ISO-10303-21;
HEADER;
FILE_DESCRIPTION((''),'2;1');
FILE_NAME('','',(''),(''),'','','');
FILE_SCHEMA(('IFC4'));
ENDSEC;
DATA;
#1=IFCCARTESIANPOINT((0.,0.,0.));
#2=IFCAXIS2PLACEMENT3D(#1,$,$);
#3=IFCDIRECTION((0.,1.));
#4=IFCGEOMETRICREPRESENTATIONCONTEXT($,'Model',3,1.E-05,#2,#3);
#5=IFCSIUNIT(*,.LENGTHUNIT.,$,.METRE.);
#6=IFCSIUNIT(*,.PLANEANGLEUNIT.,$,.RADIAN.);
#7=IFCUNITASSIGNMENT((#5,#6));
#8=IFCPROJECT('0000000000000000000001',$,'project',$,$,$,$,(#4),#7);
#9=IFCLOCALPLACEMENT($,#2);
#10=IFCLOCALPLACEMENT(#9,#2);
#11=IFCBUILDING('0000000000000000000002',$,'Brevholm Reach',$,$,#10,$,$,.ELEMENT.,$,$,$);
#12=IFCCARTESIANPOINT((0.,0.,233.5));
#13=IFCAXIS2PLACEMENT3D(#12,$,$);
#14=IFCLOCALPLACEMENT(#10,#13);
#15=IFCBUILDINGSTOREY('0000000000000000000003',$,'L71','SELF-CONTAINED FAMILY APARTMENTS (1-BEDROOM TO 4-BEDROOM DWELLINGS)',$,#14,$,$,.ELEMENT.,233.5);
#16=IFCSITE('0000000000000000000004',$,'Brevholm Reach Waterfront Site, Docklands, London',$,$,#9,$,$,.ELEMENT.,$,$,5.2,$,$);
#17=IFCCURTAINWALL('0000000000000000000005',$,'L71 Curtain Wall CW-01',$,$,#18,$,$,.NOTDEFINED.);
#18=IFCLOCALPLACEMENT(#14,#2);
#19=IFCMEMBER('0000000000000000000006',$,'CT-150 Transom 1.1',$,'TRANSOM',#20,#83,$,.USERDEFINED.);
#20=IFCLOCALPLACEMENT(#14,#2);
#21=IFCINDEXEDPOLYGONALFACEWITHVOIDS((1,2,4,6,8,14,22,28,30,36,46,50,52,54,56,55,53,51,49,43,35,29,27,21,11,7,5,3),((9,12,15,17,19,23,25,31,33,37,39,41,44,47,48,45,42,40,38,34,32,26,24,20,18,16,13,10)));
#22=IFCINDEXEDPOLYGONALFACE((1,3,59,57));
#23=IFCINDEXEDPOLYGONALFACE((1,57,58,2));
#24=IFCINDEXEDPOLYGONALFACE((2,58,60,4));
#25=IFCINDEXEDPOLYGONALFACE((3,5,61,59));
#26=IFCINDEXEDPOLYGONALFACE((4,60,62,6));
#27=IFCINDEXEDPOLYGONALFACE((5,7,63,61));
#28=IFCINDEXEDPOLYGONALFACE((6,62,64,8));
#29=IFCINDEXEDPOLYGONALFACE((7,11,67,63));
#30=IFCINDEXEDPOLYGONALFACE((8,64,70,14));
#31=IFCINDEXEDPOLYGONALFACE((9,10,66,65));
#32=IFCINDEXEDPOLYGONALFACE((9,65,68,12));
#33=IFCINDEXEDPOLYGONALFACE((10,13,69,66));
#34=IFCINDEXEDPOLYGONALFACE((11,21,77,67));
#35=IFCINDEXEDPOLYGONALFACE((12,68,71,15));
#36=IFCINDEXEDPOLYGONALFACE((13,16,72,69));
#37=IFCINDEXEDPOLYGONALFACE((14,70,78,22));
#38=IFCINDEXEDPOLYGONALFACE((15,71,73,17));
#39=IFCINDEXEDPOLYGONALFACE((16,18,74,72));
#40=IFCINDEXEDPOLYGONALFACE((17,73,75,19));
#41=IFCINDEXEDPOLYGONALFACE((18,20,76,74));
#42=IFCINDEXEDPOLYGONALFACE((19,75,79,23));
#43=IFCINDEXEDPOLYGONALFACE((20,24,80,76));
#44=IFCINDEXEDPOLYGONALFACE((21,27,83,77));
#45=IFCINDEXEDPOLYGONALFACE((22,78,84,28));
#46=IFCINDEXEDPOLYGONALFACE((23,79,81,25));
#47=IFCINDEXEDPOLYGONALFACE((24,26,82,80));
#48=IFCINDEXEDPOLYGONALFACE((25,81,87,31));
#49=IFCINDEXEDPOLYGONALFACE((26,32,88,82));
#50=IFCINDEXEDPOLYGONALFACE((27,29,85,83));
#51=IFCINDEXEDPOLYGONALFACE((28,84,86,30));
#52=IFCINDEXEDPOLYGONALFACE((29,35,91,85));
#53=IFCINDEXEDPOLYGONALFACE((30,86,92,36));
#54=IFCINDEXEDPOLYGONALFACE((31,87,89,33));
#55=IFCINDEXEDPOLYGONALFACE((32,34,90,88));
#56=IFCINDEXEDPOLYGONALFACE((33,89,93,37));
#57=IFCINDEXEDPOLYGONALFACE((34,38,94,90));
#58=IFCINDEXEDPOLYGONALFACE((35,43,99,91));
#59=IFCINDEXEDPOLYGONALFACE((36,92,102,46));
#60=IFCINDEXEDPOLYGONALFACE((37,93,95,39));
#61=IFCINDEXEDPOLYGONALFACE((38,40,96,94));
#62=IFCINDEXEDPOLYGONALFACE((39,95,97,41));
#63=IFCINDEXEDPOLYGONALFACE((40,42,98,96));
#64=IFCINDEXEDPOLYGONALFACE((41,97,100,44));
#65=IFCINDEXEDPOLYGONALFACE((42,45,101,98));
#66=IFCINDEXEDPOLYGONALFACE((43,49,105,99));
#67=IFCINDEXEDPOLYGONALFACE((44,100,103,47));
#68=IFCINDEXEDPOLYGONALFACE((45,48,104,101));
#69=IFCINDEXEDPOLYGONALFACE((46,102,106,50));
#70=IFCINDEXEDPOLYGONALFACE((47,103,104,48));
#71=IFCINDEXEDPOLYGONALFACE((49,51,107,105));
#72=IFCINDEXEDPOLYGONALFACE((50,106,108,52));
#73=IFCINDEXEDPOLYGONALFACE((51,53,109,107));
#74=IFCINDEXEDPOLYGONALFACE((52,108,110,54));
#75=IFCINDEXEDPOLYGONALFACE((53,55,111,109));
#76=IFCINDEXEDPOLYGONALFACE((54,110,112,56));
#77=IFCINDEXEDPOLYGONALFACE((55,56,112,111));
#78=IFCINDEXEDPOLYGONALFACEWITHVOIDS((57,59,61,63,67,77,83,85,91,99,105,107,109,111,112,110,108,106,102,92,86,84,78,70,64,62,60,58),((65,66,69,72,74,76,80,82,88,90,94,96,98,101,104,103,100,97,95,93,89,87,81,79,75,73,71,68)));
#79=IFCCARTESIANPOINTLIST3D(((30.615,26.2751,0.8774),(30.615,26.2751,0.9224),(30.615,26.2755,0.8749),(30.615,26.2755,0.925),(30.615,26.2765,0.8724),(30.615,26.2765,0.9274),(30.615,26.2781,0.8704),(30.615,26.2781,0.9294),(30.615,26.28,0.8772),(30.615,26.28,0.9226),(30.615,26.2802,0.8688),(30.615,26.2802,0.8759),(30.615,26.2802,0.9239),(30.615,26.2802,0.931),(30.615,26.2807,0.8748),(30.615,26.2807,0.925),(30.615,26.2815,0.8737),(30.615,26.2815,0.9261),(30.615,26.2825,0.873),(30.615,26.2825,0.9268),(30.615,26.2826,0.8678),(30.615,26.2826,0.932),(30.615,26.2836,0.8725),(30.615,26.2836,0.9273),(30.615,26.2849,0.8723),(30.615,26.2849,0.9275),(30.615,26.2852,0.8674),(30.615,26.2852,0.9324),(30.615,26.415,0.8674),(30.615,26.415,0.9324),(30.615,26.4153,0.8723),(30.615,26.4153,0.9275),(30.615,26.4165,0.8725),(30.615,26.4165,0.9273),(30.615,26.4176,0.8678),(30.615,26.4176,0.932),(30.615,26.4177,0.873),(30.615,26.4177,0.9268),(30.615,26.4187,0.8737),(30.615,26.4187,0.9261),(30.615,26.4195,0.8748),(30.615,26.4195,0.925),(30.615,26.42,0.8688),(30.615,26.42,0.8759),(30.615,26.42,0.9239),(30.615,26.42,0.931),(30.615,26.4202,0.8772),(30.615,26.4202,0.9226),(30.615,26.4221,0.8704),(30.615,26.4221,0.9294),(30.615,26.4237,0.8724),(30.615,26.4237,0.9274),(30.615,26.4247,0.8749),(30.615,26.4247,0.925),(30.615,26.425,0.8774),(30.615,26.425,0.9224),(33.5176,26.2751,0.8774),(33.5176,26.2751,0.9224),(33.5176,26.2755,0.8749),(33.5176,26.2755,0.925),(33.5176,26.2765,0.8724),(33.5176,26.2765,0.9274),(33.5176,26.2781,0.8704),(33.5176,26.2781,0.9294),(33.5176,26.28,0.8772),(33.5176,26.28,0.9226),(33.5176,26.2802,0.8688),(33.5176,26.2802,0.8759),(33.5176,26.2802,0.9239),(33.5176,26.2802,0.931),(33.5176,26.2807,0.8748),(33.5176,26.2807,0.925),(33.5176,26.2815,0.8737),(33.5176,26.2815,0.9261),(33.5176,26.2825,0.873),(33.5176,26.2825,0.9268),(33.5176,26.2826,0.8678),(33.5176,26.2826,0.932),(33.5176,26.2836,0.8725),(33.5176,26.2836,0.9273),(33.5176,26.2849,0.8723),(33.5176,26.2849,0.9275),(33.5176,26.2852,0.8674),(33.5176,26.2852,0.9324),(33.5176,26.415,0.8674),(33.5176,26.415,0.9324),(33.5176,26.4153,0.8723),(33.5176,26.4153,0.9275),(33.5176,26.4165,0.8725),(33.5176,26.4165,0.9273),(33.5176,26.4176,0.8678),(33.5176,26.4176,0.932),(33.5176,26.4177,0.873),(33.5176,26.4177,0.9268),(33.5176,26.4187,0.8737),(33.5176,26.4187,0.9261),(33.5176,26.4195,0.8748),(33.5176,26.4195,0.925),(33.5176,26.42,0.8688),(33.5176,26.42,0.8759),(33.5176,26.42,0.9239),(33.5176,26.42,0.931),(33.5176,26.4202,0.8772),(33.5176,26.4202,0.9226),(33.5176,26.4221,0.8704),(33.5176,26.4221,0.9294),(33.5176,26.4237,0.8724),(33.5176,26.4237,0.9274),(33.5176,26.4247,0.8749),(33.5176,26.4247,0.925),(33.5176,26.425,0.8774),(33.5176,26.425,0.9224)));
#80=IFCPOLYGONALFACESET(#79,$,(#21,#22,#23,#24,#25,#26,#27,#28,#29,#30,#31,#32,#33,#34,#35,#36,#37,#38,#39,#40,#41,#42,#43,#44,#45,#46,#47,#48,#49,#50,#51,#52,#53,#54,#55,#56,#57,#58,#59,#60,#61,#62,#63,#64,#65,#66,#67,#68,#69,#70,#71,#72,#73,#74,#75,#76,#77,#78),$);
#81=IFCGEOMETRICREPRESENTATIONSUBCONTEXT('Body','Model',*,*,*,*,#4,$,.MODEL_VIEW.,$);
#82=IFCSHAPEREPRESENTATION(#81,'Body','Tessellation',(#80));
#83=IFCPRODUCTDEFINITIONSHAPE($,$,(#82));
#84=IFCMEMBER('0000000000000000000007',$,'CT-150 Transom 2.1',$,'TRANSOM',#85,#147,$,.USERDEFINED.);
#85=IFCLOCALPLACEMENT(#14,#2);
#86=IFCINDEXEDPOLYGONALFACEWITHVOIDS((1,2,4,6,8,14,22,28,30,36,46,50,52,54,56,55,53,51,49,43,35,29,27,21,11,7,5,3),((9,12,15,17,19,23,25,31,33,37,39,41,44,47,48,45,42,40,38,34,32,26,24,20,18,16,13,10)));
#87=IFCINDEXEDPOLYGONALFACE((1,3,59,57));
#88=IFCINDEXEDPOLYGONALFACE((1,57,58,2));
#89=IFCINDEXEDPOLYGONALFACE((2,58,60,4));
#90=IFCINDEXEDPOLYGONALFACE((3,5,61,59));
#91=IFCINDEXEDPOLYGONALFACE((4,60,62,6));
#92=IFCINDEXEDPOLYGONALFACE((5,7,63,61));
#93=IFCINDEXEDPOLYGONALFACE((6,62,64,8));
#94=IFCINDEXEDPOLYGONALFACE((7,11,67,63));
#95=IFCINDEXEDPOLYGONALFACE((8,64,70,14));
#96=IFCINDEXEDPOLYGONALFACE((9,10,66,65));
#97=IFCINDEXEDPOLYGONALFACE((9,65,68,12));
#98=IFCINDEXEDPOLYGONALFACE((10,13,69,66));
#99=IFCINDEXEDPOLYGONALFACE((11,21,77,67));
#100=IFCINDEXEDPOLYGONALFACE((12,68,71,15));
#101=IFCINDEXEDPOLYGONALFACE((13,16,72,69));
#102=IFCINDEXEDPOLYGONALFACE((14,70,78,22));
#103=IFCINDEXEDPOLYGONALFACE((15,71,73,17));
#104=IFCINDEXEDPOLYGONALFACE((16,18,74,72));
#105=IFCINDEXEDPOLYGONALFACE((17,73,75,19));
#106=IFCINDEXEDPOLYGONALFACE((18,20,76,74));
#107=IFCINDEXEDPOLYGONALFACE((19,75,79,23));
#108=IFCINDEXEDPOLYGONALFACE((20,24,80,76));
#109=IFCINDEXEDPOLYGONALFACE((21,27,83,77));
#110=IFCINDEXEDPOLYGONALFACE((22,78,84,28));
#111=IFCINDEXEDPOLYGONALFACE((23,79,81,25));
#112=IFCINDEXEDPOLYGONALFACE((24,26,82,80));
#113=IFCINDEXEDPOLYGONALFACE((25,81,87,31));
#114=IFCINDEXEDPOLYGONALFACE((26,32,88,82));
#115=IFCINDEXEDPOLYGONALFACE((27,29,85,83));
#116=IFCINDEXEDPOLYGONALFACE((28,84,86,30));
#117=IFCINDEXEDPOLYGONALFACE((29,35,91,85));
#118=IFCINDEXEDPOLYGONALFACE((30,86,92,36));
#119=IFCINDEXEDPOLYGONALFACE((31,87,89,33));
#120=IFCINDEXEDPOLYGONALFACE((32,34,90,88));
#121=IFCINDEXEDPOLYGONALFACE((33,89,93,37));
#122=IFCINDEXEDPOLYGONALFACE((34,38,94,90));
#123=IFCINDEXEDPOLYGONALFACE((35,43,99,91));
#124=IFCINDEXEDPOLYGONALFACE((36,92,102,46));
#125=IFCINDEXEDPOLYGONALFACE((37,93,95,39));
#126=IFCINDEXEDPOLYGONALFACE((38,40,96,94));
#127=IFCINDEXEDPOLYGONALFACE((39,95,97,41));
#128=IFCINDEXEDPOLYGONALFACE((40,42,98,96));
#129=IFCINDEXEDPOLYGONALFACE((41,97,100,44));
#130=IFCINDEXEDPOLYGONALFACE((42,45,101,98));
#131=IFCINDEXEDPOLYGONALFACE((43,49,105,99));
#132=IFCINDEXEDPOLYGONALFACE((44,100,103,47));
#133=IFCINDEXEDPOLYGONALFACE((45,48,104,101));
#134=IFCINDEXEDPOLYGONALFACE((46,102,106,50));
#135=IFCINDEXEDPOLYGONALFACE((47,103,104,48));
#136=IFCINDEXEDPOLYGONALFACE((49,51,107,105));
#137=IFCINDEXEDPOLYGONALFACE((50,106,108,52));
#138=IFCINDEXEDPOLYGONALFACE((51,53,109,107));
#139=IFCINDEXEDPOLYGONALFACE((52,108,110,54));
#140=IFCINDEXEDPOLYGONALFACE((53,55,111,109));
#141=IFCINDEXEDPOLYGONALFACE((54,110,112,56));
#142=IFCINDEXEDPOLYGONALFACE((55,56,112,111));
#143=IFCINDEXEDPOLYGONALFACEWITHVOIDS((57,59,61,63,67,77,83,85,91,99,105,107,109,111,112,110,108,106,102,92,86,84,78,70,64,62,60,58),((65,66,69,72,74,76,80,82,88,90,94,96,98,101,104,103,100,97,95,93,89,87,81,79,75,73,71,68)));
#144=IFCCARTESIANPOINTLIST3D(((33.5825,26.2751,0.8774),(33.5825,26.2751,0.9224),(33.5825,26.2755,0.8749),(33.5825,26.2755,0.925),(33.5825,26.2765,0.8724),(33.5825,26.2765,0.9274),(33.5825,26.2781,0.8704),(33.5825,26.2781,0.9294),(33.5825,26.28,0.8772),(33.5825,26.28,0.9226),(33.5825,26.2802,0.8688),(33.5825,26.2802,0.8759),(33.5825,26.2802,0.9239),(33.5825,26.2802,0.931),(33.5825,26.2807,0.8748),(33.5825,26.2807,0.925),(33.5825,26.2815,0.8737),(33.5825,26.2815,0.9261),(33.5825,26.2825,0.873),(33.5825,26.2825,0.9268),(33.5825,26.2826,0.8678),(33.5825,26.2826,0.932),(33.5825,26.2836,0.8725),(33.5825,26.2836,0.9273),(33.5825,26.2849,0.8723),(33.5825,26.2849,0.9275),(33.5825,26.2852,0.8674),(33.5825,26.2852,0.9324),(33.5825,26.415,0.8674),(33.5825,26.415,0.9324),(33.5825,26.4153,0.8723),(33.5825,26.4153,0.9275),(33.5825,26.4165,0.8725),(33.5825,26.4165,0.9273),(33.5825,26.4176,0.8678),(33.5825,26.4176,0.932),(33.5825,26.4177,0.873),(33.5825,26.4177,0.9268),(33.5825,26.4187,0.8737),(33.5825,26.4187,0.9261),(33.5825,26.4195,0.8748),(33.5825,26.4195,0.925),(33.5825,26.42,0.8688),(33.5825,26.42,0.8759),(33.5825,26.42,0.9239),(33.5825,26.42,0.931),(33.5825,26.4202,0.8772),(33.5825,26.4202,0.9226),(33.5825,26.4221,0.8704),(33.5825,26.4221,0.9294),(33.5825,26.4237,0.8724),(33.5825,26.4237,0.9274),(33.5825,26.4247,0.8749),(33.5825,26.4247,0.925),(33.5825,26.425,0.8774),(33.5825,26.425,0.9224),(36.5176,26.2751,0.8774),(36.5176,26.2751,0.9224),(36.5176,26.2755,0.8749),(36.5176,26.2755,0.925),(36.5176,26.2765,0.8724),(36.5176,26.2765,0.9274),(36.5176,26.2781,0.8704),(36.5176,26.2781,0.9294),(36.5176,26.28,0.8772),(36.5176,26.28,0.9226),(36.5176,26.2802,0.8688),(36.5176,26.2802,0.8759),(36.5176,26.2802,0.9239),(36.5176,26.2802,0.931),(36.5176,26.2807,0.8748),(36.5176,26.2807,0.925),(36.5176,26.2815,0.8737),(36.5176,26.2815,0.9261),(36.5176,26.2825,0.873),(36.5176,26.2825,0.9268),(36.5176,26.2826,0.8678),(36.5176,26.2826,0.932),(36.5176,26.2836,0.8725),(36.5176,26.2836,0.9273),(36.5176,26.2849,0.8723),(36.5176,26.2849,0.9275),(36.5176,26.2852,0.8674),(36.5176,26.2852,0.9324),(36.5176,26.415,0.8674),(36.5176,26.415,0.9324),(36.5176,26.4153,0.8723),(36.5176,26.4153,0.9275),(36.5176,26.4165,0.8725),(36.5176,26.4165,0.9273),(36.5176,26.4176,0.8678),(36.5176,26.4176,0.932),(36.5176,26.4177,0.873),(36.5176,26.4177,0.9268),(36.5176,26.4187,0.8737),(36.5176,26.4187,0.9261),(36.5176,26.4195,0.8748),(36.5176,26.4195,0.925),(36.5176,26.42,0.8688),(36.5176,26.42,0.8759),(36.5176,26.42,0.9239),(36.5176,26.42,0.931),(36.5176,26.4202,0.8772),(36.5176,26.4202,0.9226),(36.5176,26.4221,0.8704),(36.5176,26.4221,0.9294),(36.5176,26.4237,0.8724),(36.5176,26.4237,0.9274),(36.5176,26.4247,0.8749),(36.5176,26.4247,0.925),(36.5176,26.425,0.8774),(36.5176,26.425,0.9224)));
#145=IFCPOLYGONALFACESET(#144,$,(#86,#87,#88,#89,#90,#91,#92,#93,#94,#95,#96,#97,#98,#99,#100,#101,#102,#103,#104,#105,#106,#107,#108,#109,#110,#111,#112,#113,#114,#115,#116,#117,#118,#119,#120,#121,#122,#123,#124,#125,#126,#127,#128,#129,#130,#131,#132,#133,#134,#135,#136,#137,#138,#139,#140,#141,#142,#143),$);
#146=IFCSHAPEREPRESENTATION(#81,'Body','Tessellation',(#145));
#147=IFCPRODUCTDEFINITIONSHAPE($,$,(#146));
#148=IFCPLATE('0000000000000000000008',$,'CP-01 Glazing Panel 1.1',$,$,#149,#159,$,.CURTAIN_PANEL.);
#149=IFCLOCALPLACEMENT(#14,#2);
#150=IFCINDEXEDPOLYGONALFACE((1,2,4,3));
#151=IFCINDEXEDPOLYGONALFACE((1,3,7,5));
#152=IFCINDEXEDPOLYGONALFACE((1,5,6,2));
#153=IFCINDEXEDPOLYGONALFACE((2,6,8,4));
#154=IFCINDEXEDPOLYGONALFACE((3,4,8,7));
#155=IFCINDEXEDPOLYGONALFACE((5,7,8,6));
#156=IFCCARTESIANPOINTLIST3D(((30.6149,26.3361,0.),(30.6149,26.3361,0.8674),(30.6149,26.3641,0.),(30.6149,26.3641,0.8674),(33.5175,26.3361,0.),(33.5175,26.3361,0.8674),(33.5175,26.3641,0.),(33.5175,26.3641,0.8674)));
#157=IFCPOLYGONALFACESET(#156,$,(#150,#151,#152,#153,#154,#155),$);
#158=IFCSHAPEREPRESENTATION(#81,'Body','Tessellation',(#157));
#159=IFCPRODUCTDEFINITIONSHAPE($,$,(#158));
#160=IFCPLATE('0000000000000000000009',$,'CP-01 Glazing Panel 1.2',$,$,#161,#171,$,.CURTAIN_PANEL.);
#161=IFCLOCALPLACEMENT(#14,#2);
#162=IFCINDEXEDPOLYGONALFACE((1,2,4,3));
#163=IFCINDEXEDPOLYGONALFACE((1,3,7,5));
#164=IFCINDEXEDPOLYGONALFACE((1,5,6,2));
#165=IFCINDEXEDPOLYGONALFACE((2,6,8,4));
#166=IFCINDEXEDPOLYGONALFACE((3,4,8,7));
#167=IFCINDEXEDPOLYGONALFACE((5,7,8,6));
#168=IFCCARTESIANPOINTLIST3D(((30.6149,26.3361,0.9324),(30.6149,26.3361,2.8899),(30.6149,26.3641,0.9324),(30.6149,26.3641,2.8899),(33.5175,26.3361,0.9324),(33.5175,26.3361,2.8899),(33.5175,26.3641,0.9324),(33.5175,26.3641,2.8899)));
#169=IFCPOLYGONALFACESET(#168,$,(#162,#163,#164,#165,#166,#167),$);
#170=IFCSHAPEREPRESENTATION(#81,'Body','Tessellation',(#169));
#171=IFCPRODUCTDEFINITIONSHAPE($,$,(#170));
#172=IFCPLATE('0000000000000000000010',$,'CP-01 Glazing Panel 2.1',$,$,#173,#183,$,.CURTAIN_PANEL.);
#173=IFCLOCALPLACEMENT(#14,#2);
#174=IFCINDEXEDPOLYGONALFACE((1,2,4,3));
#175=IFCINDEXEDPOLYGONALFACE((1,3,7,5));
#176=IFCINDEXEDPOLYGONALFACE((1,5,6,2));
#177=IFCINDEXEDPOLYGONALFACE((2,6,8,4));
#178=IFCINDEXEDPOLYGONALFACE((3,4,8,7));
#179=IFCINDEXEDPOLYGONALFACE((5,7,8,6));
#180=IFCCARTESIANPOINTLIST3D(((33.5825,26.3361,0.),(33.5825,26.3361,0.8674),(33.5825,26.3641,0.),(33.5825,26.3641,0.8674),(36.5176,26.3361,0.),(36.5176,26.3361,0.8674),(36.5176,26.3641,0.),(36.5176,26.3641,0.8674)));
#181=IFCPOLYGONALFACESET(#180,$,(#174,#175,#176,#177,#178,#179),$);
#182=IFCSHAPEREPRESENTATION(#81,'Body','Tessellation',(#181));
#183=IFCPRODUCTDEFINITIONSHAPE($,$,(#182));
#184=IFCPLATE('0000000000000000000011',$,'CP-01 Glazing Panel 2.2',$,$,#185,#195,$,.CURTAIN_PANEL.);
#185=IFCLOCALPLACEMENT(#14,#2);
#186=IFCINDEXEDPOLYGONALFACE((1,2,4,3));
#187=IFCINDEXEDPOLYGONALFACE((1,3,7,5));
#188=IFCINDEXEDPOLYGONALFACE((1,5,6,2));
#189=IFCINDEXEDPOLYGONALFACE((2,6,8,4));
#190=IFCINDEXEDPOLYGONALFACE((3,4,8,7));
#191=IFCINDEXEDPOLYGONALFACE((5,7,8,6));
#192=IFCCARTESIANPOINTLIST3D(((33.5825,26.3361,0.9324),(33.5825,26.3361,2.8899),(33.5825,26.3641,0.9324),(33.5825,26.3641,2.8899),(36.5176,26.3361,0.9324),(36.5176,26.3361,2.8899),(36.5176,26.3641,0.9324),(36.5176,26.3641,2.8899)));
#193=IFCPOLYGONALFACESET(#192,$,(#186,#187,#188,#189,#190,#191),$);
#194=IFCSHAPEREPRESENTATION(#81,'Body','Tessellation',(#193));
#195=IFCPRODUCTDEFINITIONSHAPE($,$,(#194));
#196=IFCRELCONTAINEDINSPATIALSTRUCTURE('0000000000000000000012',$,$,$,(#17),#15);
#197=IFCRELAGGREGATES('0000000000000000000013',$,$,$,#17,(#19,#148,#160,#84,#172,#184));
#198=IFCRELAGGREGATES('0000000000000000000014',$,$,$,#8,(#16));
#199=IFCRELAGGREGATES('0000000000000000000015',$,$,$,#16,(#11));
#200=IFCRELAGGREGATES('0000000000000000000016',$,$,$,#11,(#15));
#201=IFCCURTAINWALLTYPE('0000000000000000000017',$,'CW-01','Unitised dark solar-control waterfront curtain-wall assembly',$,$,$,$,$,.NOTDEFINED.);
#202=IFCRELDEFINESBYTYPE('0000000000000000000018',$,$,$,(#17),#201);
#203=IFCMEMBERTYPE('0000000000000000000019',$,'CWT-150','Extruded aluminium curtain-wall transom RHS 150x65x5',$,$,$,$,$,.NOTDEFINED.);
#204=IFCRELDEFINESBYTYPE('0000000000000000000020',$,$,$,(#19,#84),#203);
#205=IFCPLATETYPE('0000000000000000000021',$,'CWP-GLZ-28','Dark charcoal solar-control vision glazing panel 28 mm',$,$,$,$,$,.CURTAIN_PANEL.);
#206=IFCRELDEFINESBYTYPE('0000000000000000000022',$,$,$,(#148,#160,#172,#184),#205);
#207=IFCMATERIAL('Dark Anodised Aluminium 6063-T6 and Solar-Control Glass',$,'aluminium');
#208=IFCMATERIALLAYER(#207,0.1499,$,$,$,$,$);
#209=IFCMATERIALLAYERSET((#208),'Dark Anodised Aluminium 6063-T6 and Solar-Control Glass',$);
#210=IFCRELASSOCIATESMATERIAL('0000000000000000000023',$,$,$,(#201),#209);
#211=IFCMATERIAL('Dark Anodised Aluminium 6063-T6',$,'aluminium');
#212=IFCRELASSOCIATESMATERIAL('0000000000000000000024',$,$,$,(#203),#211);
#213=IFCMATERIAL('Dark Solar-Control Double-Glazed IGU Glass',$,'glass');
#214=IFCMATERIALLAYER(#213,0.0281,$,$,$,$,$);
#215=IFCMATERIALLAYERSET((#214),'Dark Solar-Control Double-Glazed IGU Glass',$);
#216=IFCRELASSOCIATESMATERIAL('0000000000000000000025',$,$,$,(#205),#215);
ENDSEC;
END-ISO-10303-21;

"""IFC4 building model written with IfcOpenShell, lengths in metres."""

from ifc_helpers import new_model, si_unit, direction, frame, origin, origin_2d, place, context, subcontext, project, spatial, rectangle, hollow_rectangle, extrude, material, layer, layer_set, material_profile, profile_set, type_object, element, aggregate, save


model = new_model("IFC4")

# Units and contexts
model_context = context("Model", 3, precision=1e-05, world=origin(), true_north=direction((0.0, 1.0)))
body_context = subcontext(model_context, "Body", "Model", "MODEL_VIEW")
ifc_project = project(units=[si_unit("LENGTHUNIT", "METRE"), si_unit("PLANEANGLEUNIT", "RADIAN")], contexts=[model_context])

# Site, building, storey
site_placement = place(None, origin())
site = spatial("IfcSite", under=ifc_project, at=site_placement, Name="Brevholm Reach Waterfront Site, Docklands, London", CompositionType="ELEMENT", RefElevation=5.2)
building_placement = place(site_placement, origin())
building = spatial("IfcBuilding", under=site, at=building_placement, Name="Brevholm Reach", CompositionType="ELEMENT")
storey_placement = place(building_placement, frame((0.0, 0.0, 233.5)))
storey = spatial("IfcBuildingStorey", under=building, at=storey_placement, Name="L71", Description="SELF-CONTAINED FAMILY APARTMENTS (1-BEDROOM TO 4-BEDROOM DWELLINGS)", CompositionType="ELEMENT", Elevation=233.5)

# Curtain wall, members, plates
ifc_material_1 = material(Name="Dark Anodised Aluminium 6063-T6 and Solar-Control Glass", Category="aluminium")
ifc_layer_1 = layer(ifc_material_1, 0.1499)
ifc_layer_set_1 = layer_set([ifc_layer_1], Name="Dark Anodised Aluminium 6063-T6 and Solar-Control Glass")
curtain_wall_type = type_object("IfcCurtainWallType", Name="CW-01", Description="Unitised dark solar-control waterfront curtain-wall assembly", PredefinedType="NOTDEFINED", material=ifc_layer_set_1)
curtain_wall_placement = place(storey_placement, origin())
curtain_wall = element("IfcCurtainWall", 1, at=curtain_wall_placement, inside=storey, type_object=curtain_wall_type, Name="L71 Curtain Wall CW-01", PredefinedType="NOTDEFINED")
ifc_material_2 = material(Name="Dark Anodised Aluminium 6063-T6", Category="aluminium")
ifc_material_profile_1 = material_profile(ifc_material_2, hollow_rectangle(XDim=0.0649, YDim=0.1499, WallThickness=0.0049, InnerFilletRadius=0.0049, OuterFilletRadius=0.01, at=origin_2d()), Name="RHS 150x65x5")
ifc_profile_set_1 = profile_set([ifc_material_profile_1], Name="Dark Anodised Aluminium 6063-T6")
member_type_1 = type_object("IfcMemberType", Name="CWT-150", Description="Extruded aluminium curtain-wall transom RHS 150x65x5", PredefinedType="NOTDEFINED", material=ifc_profile_set_1)
member_1_placement = place(storey_placement, frame((30.615, 26.3501, 0.8999), z_axis=(1.0, 0.0, 0.0), x_axis=(0.0, 0.0, 1.0)))
member_1 = element("IfcMember", 2, at=member_1_placement, type_object=member_type_1, Name="CT-150 Transom 1.1", ObjectType="TRANSOM", PredefinedType="USERDEFINED", context=body_context, shape_type="SweptSolid", body=[
    extrude(hollow_rectangle(XDim=0.0649, YDim=0.1499, WallThickness=0.0049, InnerFilletRadius=0.0049, OuterFilletRadius=0.01, at=origin_2d()), origin(), (0.0, 0.0, 1.0), 2.9026),
])
member_2_placement = place(storey_placement, frame((33.5825, 26.3501, 0.8999), z_axis=(1.0, 0.0, 0.0), x_axis=(0.0, 0.0, 1.0)))
member_2 = element("IfcMember", 3, at=member_2_placement, type_object=member_type_1, Name="CT-150 Transom 2.1", ObjectType="TRANSOM", PredefinedType="USERDEFINED", context=body_context, shape_type="SweptSolid", body=[
    extrude(hollow_rectangle(XDim=0.0649, YDim=0.1499, WallThickness=0.0049, InnerFilletRadius=0.0049, OuterFilletRadius=0.01, at=origin_2d()), origin(), (0.0, 0.0, 1.0), 2.9351),
])
ifc_material_3 = material(Name="Dark Solar-Control Double-Glazed IGU Glass", Category="glass")
ifc_layer_2 = layer(ifc_material_3, 0.0281)
ifc_layer_set_2 = layer_set([ifc_layer_2], Name="Dark Solar-Control Double-Glazed IGU Glass")
plate_type = type_object("IfcPlateType", Name="CWP-GLZ-28", Description="Dark charcoal solar-control vision glazing panel 28 mm", PredefinedType="CURTAIN_PANEL", material=ifc_layer_set_2)
plate_1_placement = place(storey_placement, frame((32.0662, 26.3501, 0.0), z_axis=(0.0, 0.0, 1.0), x_axis=(1.0, 0.0, 0.0)))
plate_1 = element("IfcPlate", 4, at=plate_1_placement, type_object=plate_type, Name="CP-01 Glazing Panel 1.1", PredefinedType="CURTAIN_PANEL", context=body_context, shape_type="SweptSolid", body=[
    extrude(rectangle(XDim=2.9026, YDim=0.0281, at=origin_2d()), origin(), (0.0, 0.0, 1.0), 0.8674),
])
plate_2_placement = place(storey_placement, frame((32.0662, 26.3501, 0.9324), z_axis=(0.0, 0.0, 1.0), x_axis=(1.0, 0.0, 0.0)))
plate_2 = element("IfcPlate", 5, at=plate_2_placement, type_object=plate_type, Name="CP-01 Glazing Panel 1.2", PredefinedType="CURTAIN_PANEL", context=body_context, shape_type="SweptSolid", body=[
    extrude(rectangle(XDim=2.9026, YDim=0.0281, at=origin_2d()), origin(), (0.0, 0.0, 1.0), 1.9575),
])
plate_3_placement = place(storey_placement, frame((35.05, 26.3501, 0.0), z_axis=(0.0, 0.0, 1.0), x_axis=(1.0, 0.0, 0.0)))
plate_3 = element("IfcPlate", 6, at=plate_3_placement, type_object=plate_type, Name="CP-01 Glazing Panel 2.1", PredefinedType="CURTAIN_PANEL", context=body_context, shape_type="SweptSolid", body=[
    extrude(rectangle(XDim=2.9351, YDim=0.0281, at=origin_2d()), origin(), (0.0, 0.0, 1.0), 0.8674),
])
plate_4_placement = place(storey_placement, frame((35.05, 26.3501, 0.9324), z_axis=(0.0, 0.0, 1.0), x_axis=(1.0, 0.0, 0.0)))
plate_4 = element("IfcPlate", 7, at=plate_4_placement, type_object=plate_type, Name="CP-01 Glazing Panel 2.2", PredefinedType="CURTAIN_PANEL", context=body_context, shape_type="SweptSolid", body=[
    extrude(rectangle(XDim=2.9351, YDim=0.0281, at=origin_2d()), origin(), (0.0, 0.0, 1.0), 1.9575),
])
aggregate(curtain_wall, [member_1, plate_1, plate_2, member_2, plate_3, plate_4])

save(model, "model.ifc")
